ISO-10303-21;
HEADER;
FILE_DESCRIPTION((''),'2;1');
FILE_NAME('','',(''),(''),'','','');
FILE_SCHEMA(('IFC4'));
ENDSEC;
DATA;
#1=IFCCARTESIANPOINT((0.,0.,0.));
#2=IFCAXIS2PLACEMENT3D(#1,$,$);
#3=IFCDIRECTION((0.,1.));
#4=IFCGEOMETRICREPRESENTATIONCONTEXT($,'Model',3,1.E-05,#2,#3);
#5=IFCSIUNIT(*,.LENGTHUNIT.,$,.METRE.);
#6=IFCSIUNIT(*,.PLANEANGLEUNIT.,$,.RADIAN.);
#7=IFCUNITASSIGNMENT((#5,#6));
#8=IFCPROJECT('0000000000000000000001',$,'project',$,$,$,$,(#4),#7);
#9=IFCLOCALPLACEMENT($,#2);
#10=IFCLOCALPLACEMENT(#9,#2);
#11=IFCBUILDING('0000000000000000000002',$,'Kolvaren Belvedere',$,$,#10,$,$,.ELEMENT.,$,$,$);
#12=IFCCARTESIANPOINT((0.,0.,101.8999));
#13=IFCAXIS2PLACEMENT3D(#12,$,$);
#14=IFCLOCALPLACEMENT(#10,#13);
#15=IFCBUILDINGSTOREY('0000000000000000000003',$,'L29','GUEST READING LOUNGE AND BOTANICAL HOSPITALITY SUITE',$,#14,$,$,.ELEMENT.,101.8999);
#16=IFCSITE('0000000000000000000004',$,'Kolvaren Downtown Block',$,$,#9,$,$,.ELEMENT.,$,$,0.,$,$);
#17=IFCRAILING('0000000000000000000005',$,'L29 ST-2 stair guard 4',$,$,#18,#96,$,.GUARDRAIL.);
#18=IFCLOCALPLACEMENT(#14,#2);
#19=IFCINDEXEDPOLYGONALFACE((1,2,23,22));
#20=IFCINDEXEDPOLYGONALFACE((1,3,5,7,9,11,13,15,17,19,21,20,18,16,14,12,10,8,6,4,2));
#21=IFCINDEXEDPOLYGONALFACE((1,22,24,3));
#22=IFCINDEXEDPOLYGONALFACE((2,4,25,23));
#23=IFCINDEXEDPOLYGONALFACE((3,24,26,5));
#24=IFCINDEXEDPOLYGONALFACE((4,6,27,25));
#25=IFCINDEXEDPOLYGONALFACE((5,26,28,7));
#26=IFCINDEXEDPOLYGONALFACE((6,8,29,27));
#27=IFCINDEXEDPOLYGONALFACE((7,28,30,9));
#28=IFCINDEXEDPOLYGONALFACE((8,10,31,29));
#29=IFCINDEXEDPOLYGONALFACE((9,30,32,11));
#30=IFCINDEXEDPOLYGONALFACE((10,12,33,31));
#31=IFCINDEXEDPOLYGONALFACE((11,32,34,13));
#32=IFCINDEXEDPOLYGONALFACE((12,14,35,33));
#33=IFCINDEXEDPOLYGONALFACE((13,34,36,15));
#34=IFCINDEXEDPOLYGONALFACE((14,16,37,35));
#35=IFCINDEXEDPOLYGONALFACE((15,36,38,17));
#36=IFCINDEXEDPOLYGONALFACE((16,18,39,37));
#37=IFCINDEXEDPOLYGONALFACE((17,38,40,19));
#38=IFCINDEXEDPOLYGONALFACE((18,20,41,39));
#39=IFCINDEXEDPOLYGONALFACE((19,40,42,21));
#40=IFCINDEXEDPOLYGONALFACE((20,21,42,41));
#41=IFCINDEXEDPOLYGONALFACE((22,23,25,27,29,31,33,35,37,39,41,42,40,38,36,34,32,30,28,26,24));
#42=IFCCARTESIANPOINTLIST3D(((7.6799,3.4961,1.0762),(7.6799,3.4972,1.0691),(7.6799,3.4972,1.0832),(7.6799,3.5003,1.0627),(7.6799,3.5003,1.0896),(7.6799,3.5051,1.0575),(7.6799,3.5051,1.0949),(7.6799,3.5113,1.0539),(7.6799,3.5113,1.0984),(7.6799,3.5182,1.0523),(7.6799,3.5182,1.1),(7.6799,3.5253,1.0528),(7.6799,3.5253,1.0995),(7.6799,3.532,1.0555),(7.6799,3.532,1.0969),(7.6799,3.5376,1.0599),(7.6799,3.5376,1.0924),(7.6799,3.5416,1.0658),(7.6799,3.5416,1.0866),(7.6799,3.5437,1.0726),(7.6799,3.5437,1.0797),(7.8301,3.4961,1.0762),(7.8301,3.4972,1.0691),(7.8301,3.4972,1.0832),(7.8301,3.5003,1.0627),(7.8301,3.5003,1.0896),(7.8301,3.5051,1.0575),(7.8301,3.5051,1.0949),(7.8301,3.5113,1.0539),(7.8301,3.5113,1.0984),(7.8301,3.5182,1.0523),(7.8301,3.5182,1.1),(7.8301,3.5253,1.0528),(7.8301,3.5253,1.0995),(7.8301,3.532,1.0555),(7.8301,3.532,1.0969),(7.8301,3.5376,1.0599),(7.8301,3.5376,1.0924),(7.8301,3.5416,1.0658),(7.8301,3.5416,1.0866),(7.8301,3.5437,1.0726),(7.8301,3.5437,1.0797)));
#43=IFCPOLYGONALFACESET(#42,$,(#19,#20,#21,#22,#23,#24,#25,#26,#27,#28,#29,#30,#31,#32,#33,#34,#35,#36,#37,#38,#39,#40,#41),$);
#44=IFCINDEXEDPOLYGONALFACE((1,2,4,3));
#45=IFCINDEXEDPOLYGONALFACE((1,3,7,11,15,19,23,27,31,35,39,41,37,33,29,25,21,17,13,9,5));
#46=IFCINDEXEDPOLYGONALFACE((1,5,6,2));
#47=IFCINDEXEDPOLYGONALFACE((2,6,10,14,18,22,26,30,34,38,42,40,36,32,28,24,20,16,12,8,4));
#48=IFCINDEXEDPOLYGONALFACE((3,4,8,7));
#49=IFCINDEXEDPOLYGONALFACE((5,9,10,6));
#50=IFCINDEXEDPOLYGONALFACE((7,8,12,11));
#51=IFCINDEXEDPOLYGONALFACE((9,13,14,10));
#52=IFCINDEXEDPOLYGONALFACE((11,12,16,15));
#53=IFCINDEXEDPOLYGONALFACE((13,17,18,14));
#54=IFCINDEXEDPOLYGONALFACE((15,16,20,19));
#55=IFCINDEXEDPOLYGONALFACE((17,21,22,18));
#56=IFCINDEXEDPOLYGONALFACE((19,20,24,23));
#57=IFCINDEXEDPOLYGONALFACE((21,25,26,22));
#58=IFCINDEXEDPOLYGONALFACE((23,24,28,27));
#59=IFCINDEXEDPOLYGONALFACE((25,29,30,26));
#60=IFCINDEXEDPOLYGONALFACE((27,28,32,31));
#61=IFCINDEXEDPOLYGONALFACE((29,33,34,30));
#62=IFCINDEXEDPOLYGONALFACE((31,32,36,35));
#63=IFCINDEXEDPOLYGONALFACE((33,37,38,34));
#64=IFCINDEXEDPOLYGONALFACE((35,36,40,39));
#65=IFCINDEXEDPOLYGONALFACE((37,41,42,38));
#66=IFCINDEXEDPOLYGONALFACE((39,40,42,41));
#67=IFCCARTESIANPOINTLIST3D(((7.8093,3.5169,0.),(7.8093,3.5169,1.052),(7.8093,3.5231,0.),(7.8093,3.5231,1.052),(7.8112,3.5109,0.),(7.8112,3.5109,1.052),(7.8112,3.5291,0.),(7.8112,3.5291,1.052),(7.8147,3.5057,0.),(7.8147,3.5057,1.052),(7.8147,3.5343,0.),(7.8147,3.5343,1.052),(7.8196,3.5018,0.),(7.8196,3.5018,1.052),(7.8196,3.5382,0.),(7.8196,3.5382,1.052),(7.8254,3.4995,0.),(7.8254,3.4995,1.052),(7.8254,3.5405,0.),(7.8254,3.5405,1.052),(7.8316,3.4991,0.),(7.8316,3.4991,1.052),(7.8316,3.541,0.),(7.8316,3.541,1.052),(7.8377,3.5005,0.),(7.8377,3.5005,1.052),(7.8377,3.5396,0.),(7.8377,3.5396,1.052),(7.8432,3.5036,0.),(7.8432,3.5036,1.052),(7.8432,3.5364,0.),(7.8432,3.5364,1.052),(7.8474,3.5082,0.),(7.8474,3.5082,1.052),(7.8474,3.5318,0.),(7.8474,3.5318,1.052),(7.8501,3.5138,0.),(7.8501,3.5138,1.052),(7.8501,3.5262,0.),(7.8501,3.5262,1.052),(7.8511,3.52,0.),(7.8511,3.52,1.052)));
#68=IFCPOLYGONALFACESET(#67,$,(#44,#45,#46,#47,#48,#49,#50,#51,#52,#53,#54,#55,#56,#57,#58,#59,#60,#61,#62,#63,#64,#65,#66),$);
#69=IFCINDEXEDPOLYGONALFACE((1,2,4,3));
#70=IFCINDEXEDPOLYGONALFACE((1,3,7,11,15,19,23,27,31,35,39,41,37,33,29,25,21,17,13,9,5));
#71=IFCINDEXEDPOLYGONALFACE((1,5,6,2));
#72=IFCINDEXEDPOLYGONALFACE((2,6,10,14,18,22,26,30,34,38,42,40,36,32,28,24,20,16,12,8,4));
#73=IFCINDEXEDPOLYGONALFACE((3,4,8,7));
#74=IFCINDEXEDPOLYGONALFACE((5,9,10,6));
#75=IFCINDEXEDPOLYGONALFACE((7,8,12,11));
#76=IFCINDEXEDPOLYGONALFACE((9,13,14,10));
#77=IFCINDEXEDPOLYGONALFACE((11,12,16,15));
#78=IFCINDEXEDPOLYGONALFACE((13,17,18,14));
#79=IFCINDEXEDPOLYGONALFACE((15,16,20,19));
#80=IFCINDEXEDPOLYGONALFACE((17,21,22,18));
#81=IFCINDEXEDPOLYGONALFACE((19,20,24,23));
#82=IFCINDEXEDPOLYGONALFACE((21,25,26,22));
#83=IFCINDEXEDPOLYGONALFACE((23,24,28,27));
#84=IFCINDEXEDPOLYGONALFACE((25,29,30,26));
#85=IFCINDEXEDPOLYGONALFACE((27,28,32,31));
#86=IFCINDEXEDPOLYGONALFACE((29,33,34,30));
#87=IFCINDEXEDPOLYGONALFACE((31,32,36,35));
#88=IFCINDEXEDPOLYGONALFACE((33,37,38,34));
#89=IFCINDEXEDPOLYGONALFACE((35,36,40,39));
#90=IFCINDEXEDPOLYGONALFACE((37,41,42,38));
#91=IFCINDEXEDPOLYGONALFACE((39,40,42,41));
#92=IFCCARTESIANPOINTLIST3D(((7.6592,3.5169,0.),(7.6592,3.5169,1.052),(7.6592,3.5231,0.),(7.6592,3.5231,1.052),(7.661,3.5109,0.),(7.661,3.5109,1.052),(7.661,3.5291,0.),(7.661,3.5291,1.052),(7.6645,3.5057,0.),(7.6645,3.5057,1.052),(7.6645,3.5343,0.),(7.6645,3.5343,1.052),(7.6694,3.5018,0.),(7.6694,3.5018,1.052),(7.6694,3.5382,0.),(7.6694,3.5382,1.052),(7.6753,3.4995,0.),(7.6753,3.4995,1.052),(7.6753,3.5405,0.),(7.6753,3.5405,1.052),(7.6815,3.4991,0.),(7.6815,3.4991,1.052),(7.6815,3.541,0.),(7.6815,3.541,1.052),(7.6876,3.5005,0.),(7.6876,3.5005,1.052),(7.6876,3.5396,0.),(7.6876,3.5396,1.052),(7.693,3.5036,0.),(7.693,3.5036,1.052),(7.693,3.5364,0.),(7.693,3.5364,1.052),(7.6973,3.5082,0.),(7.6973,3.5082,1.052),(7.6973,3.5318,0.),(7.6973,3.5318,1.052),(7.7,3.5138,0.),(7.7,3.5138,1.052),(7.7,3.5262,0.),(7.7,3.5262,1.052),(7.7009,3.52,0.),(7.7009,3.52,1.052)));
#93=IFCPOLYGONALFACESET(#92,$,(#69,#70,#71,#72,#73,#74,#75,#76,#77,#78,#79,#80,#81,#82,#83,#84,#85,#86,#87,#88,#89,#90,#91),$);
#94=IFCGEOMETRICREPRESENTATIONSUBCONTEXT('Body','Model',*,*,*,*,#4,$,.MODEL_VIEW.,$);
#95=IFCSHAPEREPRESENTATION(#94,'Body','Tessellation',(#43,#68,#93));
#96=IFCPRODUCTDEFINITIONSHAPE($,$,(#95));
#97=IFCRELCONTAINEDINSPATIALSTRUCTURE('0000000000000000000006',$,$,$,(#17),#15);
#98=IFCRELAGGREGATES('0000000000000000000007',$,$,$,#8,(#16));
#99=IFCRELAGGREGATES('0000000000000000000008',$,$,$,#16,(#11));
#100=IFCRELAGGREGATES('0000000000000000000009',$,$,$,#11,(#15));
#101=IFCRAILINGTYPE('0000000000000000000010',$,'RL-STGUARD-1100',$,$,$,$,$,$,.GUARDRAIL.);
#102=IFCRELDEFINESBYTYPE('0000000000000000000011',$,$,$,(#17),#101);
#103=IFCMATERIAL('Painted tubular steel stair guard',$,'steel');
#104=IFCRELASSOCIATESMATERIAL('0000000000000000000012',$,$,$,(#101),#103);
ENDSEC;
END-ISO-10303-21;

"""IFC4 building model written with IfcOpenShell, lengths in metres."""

from ifc_helpers import new_model, si_unit, direction, frame, origin, origin_2d, place, context, subcontext, project, spatial, circle, extrude, material, type_object, element, save


model = new_model("IFC4")

# Units and contexts
model_context = context("Model", 3, precision=1e-05, world=origin(), true_north=direction((0.0, 1.0)))
body_context = subcontext(model_context, "Body", "Model", "MODEL_VIEW")
ifc_project = project(units=[si_unit("LENGTHUNIT", "METRE"), si_unit("PLANEANGLEUNIT", "RADIAN")], contexts=[model_context])

# Site, building, storey
site_placement = place(None, origin())
site = spatial("IfcSite", under=ifc_project, at=site_placement, Name="Kolvaren Downtown Block", CompositionType="ELEMENT", RefElevation=0.0)
building_placement = place(site_placement, origin())
building = spatial("IfcBuilding", under=site, at=building_placement, Name="Kolvaren Belvedere", CompositionType="ELEMENT")
storey_placement = place(building_placement, frame((0.0, 0.0, 101.8999)))
storey = spatial("IfcBuildingStorey", under=building, at=storey_placement, Name="L29", Description="GUEST READING LOUNGE AND BOTANICAL HOSPITALITY SUITE", CompositionType="ELEMENT", Elevation=101.8999)

# Railing
ifc_material_1 = material(Name="Painted tubular steel stair guard", Category="steel")
railing_type_1 = type_object("IfcRailingType", Name="RL-STGUARD-1100", PredefinedType="GUARDRAIL", material=ifc_material_1)
railing_1_placement = place(storey_placement, frame((7.8301, 3.52, 0.0)))
element("IfcRailing", 1, at=railing_1_placement, inside=storey, type_object=railing_type_1, Name="L29 ST-2 stair guard 4", PredefinedType="GUARDRAIL", context=body_context, shape_type="SweptSolid", body=[
    extrude(circle(Radius=0.0239, at=origin_2d()), frame((0.0, 0.0, 1.0762), z_axis=(-1.0, 0.0, 0.0), x_axis=(0.0, -1.0, 0.0)), (0.0, 0.0, 1.0), 0.1501),
    extrude(circle(Radius=0.021, at=origin_2d()), origin(), (0.0, 0.0, 1.0), 1.052),
    extrude(circle(Radius=0.021, at=origin_2d()), frame((-0.1501, 0.0, 0.0)), (0.0, 0.0, 1.0), 1.052),
])

save(model, "model.ifc")
